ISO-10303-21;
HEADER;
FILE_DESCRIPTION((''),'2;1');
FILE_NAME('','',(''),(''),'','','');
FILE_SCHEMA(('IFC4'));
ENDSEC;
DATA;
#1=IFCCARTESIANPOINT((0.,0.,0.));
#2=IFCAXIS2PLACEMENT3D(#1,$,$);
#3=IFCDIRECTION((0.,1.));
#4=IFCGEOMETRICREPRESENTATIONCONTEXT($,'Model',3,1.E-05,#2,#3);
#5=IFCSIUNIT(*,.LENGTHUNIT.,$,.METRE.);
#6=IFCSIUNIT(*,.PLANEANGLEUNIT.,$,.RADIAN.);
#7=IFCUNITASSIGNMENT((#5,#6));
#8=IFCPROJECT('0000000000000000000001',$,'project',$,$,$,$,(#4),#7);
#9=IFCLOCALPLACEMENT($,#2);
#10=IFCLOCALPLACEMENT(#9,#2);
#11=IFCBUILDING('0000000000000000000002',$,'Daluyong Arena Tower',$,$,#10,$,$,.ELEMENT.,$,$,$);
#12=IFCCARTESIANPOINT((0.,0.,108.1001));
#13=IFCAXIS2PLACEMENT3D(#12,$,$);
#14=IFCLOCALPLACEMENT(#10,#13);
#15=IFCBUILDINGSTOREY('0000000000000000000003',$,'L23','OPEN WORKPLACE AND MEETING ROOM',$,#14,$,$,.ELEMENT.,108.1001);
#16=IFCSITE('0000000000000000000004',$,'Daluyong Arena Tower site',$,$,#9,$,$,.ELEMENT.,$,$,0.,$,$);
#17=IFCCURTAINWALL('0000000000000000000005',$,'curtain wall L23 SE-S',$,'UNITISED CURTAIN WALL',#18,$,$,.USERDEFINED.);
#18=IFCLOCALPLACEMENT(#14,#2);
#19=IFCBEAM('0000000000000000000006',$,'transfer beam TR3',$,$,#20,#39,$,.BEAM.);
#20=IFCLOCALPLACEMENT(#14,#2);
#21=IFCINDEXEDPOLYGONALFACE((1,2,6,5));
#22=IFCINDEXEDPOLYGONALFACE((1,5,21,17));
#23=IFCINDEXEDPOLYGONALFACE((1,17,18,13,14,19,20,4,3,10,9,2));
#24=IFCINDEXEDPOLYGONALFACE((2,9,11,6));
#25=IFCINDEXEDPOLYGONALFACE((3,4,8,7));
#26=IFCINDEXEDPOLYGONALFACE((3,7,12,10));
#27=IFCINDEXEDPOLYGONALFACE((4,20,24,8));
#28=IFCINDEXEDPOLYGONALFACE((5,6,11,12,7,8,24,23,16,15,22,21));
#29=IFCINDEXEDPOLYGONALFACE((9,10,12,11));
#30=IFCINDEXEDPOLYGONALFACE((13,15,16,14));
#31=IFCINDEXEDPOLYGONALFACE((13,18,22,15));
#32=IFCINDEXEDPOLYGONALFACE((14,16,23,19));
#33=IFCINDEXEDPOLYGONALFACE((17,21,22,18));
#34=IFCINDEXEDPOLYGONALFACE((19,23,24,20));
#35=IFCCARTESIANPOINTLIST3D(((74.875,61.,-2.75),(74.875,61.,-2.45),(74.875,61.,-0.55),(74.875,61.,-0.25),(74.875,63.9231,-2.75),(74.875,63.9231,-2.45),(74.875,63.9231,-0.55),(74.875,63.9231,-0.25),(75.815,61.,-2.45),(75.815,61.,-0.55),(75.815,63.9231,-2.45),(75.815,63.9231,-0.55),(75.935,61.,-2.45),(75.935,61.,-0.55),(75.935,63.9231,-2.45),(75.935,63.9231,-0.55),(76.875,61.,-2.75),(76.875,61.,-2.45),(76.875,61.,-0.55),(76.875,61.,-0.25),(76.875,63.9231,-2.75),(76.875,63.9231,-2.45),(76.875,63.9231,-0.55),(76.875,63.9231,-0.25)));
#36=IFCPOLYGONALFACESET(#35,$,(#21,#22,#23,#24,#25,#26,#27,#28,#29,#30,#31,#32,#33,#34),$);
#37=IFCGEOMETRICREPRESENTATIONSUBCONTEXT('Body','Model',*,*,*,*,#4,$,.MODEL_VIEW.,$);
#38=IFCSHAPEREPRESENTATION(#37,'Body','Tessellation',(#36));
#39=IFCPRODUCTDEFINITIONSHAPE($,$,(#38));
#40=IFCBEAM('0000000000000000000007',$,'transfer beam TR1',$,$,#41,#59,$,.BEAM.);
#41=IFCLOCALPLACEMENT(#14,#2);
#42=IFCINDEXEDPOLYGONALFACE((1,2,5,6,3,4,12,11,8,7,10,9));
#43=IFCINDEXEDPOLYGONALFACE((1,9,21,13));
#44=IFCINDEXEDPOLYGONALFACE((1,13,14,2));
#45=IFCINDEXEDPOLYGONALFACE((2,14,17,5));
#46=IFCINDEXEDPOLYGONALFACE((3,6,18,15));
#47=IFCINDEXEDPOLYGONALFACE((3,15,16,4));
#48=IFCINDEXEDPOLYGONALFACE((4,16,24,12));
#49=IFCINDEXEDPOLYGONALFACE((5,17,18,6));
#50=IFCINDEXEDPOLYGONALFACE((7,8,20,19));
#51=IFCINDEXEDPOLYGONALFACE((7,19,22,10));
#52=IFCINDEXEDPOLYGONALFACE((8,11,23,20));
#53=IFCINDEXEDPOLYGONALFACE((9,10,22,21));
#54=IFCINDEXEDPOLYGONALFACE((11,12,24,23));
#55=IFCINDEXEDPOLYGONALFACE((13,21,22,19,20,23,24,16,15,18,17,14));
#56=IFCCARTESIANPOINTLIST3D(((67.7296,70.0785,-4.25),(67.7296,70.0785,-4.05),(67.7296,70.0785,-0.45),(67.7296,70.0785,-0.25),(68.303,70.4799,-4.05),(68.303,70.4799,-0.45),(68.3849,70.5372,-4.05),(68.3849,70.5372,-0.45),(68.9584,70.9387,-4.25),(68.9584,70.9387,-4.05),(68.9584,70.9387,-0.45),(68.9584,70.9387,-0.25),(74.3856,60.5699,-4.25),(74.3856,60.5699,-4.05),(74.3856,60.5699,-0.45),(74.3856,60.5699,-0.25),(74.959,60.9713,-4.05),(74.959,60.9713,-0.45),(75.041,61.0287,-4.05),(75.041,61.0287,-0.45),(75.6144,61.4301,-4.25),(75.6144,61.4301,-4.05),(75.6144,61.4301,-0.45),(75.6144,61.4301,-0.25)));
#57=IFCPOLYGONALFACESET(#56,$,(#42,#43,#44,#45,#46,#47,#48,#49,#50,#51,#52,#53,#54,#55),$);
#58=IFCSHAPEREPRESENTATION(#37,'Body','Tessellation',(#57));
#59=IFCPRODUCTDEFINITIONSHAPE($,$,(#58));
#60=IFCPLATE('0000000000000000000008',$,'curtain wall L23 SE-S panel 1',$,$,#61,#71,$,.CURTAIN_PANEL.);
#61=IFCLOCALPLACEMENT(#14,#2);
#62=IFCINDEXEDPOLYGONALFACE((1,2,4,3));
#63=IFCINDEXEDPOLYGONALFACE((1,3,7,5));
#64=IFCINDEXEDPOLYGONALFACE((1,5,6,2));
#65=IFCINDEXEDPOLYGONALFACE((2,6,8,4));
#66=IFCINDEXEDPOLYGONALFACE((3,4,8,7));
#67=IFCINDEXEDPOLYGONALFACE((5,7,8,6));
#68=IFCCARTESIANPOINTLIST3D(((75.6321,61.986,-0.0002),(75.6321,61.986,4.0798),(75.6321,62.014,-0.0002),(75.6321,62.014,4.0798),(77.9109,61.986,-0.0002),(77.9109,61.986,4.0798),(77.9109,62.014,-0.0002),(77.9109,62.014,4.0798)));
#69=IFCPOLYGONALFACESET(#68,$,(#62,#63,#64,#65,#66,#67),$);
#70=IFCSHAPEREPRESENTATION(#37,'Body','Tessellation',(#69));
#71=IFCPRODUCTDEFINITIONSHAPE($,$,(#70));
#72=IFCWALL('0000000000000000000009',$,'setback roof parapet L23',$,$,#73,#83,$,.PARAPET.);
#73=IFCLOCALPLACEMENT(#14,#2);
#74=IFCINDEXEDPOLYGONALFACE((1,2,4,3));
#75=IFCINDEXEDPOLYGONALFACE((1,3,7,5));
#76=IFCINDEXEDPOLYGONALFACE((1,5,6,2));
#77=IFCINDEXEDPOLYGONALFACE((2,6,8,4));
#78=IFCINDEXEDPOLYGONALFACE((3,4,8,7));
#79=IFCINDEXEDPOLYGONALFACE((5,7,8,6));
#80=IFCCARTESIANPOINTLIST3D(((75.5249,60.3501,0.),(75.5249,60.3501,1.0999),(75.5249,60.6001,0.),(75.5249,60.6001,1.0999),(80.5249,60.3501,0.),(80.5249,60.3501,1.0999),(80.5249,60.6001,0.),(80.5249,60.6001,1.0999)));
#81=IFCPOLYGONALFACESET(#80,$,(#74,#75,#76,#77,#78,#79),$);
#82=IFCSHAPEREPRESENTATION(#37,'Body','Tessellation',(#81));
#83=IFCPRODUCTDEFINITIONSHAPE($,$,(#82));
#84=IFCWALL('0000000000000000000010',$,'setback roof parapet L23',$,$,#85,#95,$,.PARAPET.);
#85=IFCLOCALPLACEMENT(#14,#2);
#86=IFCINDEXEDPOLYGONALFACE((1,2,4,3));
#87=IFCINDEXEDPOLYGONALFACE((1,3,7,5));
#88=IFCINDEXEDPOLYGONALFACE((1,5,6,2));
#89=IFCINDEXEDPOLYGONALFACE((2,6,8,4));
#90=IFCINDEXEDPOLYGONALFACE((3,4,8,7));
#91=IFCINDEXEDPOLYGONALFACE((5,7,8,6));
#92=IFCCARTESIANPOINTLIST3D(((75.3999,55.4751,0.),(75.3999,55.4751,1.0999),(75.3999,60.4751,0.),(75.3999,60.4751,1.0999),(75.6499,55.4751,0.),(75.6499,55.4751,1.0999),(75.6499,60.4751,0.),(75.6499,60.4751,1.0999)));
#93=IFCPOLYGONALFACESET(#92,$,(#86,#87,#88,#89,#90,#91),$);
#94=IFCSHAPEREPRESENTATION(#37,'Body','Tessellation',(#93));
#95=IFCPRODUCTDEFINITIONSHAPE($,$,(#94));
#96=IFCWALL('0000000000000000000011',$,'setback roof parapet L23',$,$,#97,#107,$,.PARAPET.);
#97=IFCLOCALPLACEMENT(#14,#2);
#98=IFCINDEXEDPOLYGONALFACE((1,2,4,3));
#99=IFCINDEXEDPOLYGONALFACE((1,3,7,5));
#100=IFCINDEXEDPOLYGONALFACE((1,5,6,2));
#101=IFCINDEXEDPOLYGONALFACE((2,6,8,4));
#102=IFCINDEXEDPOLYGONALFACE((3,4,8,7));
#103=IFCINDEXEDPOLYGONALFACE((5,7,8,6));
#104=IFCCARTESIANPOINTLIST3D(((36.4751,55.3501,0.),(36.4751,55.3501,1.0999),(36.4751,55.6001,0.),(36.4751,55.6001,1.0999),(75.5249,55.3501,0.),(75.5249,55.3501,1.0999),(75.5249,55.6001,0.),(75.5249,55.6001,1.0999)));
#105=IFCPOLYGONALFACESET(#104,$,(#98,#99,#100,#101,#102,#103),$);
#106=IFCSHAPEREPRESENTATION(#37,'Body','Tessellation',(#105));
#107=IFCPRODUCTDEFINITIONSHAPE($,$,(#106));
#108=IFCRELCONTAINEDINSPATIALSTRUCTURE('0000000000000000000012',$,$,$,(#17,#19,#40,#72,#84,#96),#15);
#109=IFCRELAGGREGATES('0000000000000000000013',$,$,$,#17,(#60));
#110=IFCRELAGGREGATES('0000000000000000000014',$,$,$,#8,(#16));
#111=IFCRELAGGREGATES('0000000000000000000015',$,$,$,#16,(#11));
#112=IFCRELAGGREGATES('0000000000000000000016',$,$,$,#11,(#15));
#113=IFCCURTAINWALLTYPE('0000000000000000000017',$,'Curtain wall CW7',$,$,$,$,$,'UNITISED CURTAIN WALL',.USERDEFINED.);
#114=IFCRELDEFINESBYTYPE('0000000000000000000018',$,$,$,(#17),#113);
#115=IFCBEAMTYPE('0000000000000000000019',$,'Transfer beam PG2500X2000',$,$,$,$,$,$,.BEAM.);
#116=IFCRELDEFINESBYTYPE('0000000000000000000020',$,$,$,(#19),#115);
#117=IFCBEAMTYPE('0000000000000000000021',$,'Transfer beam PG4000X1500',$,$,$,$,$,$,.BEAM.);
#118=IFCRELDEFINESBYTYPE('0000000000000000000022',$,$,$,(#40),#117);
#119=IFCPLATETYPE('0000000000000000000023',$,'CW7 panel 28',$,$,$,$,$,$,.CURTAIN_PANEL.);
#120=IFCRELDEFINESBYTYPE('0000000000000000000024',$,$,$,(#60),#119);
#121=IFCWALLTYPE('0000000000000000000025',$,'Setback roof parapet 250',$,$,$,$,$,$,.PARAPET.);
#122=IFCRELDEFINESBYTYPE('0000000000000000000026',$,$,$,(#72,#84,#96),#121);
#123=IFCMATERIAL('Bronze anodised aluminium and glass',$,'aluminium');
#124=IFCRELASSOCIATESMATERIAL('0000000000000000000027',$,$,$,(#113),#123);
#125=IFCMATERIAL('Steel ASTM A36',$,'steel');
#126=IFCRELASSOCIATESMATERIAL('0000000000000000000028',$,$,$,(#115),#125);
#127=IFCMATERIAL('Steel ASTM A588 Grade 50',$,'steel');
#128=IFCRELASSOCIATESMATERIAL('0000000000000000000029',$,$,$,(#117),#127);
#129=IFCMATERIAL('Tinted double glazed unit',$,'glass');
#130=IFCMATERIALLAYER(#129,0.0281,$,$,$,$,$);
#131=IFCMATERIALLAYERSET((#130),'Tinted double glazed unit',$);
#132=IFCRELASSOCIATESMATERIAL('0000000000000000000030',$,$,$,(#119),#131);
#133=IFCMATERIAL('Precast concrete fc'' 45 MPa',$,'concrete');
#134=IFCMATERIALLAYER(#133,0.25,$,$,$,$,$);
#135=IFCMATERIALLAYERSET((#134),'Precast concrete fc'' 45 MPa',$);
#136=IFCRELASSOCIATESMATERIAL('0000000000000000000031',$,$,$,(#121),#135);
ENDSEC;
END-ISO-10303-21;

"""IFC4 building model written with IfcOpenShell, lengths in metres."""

from ifc_helpers import new_model, si_unit, direction, frame, frame_2d, origin, origin_2d, place, context, subcontext, project, spatial, rectangle, i_section, extrude, material, layer, layer_set, material_profile, profile_set, type_object, element, aggregate, save


model = new_model("IFC4")

# Units and contexts
model_context = context("Model", 3, precision=1e-05, world=origin(), true_north=direction((0.0, 1.0)))
body_context = subcontext(model_context, "Body", "Model", "MODEL_VIEW")
ifc_project = project(units=[si_unit("LENGTHUNIT", "METRE"), si_unit("PLANEANGLEUNIT", "RADIAN")], contexts=[model_context])

# Site, building, storey
site_placement = place(None, origin())
site = spatial("IfcSite", under=ifc_project, at=site_placement, Name="Daluyong Arena Tower site", CompositionType="ELEMENT", RefElevation=0.0)
building_placement = place(site_placement, origin())
building = spatial("IfcBuilding", under=site, at=building_placement, Name="Daluyong Arena Tower", CompositionType="ELEMENT")
storey_placement = place(building_placement, frame((0.0, 0.0, 108.1001)))
storey = spatial("IfcBuildingStorey", under=building, at=storey_placement, Name="L23", Description="OPEN WORKPLACE AND MEETING ROOM", CompositionType="ELEMENT", Elevation=108.1001)

# Curtain wall
ifc_material_1 = material(Name="Bronze anodised aluminium and glass", Category="aluminium")
curtain_wall_type = type_object("IfcCurtainWallType", Name="Curtain wall CW7", ElementType="UNITISED CURTAIN WALL", PredefinedType="USERDEFINED", material=ifc_material_1)
curtain_wall_1_placement = place(storey_placement, origin())
curtain_wall_1 = element("IfcCurtainWall", 1, at=curtain_wall_1_placement, inside=storey, type_object=curtain_wall_type, Name="curtain wall L23 SE-S", ObjectType="UNITISED CURTAIN WALL", PredefinedType="USERDEFINED")

# Beams
ifc_material_2 = material(Name="Steel ASTM A36", Category="steel")
ifc_material_profile_1 = material_profile(ifc_material_2, i_section(OverallWidth=2.0, OverallDepth=2.5, WebThickness=0.12, FlangeThickness=0.3, at=origin_2d()))
ifc_profile_set_1 = profile_set([ifc_material_profile_1], Name="Steel ASTM A36")
beam_type_1 = type_object("IfcBeamType", Name="Transfer beam PG2500X2000", PredefinedType="BEAM", material=ifc_profile_set_1)
beam_1_placement = place(storey_placement, frame((75.875, 61.0, -1.5), z_axis=(0.0, 1.0, 0.0), x_axis=(-1.0, 0.0, 0.0)))
element("IfcBeam", 2, at=beam_1_placement, inside=storey, type_object=beam_type_1, Name="transfer beam TR3", PredefinedType="BEAM", context=body_context, shape_type="SweptSolid", body=[
    extrude(i_section(OverallWidth=2.0, OverallDepth=2.5, WebThickness=0.12, FlangeThickness=0.3, at=origin_2d()), origin(), (0.0, 0.0, 1.0), 2.9231),
])
ifc_material_3 = material(Name="Steel ASTM A588 Grade 50", Category="steel")
ifc_material_profile_2 = material_profile(ifc_material_3, i_section(OverallWidth=1.5, OverallDepth=4.0, WebThickness=0.1, FlangeThickness=0.2, at=origin_2d()))
ifc_profile_set_2 = profile_set([ifc_material_profile_2], Name="Steel ASTM A588 Grade 50")
beam_type_2 = type_object("IfcBeamType", Name="Transfer beam PG4000X1500", PredefinedType="BEAM", material=ifc_profile_set_2)
beam_2_placement = place(storey_placement, frame((75.0, 61.0, -2.25), z_axis=(-0.573464, 0.819231, 0.0), x_axis=(-0.819231, -0.573464, 0.0)))
element("IfcBeam", 3, at=beam_2_placement, inside=storey, type_object=beam_type_2, Name="transfer beam TR1", PredefinedType="BEAM", context=body_context, shape_type="SweptSolid", body=[
    extrude(i_section(OverallWidth=1.5, OverallDepth=4.0, WebThickness=0.1, FlangeThickness=0.2, at=origin_2d()), origin(), (0.0, 0.0, 1.0), 11.6067),
])

# Plate
ifc_material_4 = material(Name="Tinted double glazed unit", Category="glass")
ifc_layer_1 = layer(ifc_material_4, 0.0281)
ifc_layer_set_1 = layer_set([ifc_layer_1], Name="Tinted double glazed unit")
plate_type = type_object("IfcPlateType", Name="CW7 panel 28", PredefinedType="CURTAIN_PANEL", material=ifc_layer_set_1)
plate_placement = place(storey_placement, frame((76.7715, 62.0, -0.0002), z_axis=(0.0, 0.0, 1.0), x_axis=(1.0, 0.0, 0.0)))
plate = element("IfcPlate", 4, at=plate_placement, type_object=plate_type, Name="curtain wall L23 SE-S panel 1", PredefinedType="CURTAIN_PANEL", context=body_context, shape_type="SweptSolid", body=[
    extrude(rectangle(XDim=2.2788, YDim=0.0281, at=origin_2d()), origin(), (0.0, 0.0, 1.0), 4.0801),
])
aggregate(curtain_wall_1, [plate])

# Walls
ifc_material_5 = material(Name="Precast concrete fc' 45 MPa", Category="concrete")
ifc_layer_2 = layer(ifc_material_5, 0.25)
ifc_layer_set_2 = layer_set([ifc_layer_2], Name="Precast concrete fc' 45 MPa")
wall_type = type_object("IfcWallType", Name="Setback roof parapet 250", PredefinedType="PARAPET", material=ifc_layer_set_2)
for number, where, z_axis, x_axis, name in (
    (5, (80.5249, 60.4751, 0.0), (0.0, 0.0, 1.0), (-1.0, 0.0, 0.0), "setback roof parapet L23"),
    (6, (75.5249, 60.4751, 0.0), (0.0, 0.0, 1.0), (0.0, -1.0, 0.0), "setback roof parapet L23"),
):
    element("IfcWall", number, at=place(storey_placement, frame(where, z_axis=z_axis, x_axis=x_axis)), inside=storey, type_object=wall_type, Name=name, PredefinedType="PARAPET", context=body_context, shape_type="SweptSolid", body=[
        extrude(rectangle(XDim=5.0, YDim=0.25, at=frame_2d((2.5, 0.0))), origin(), (0.0, 0.0, 1.0), 1.0999),
    ])
wall_placement = place(storey_placement, frame((75.5249, 55.4751, 0.0), z_axis=(0.0, 0.0, 1.0), x_axis=(-1.0, 0.0, 0.0)))
element("IfcWall", 7, at=wall_placement, inside=storey, type_object=wall_type, Name="setback roof parapet L23", PredefinedType="PARAPET", context=body_context, shape_type="SweptSolid", body=[
    extrude(rectangle(XDim=39.0498, YDim=0.25, at=frame_2d((19.5249, 0.0))), origin(), (0.0, 0.0, 1.0), 1.0999),
])

save(model, "model.ifc")
